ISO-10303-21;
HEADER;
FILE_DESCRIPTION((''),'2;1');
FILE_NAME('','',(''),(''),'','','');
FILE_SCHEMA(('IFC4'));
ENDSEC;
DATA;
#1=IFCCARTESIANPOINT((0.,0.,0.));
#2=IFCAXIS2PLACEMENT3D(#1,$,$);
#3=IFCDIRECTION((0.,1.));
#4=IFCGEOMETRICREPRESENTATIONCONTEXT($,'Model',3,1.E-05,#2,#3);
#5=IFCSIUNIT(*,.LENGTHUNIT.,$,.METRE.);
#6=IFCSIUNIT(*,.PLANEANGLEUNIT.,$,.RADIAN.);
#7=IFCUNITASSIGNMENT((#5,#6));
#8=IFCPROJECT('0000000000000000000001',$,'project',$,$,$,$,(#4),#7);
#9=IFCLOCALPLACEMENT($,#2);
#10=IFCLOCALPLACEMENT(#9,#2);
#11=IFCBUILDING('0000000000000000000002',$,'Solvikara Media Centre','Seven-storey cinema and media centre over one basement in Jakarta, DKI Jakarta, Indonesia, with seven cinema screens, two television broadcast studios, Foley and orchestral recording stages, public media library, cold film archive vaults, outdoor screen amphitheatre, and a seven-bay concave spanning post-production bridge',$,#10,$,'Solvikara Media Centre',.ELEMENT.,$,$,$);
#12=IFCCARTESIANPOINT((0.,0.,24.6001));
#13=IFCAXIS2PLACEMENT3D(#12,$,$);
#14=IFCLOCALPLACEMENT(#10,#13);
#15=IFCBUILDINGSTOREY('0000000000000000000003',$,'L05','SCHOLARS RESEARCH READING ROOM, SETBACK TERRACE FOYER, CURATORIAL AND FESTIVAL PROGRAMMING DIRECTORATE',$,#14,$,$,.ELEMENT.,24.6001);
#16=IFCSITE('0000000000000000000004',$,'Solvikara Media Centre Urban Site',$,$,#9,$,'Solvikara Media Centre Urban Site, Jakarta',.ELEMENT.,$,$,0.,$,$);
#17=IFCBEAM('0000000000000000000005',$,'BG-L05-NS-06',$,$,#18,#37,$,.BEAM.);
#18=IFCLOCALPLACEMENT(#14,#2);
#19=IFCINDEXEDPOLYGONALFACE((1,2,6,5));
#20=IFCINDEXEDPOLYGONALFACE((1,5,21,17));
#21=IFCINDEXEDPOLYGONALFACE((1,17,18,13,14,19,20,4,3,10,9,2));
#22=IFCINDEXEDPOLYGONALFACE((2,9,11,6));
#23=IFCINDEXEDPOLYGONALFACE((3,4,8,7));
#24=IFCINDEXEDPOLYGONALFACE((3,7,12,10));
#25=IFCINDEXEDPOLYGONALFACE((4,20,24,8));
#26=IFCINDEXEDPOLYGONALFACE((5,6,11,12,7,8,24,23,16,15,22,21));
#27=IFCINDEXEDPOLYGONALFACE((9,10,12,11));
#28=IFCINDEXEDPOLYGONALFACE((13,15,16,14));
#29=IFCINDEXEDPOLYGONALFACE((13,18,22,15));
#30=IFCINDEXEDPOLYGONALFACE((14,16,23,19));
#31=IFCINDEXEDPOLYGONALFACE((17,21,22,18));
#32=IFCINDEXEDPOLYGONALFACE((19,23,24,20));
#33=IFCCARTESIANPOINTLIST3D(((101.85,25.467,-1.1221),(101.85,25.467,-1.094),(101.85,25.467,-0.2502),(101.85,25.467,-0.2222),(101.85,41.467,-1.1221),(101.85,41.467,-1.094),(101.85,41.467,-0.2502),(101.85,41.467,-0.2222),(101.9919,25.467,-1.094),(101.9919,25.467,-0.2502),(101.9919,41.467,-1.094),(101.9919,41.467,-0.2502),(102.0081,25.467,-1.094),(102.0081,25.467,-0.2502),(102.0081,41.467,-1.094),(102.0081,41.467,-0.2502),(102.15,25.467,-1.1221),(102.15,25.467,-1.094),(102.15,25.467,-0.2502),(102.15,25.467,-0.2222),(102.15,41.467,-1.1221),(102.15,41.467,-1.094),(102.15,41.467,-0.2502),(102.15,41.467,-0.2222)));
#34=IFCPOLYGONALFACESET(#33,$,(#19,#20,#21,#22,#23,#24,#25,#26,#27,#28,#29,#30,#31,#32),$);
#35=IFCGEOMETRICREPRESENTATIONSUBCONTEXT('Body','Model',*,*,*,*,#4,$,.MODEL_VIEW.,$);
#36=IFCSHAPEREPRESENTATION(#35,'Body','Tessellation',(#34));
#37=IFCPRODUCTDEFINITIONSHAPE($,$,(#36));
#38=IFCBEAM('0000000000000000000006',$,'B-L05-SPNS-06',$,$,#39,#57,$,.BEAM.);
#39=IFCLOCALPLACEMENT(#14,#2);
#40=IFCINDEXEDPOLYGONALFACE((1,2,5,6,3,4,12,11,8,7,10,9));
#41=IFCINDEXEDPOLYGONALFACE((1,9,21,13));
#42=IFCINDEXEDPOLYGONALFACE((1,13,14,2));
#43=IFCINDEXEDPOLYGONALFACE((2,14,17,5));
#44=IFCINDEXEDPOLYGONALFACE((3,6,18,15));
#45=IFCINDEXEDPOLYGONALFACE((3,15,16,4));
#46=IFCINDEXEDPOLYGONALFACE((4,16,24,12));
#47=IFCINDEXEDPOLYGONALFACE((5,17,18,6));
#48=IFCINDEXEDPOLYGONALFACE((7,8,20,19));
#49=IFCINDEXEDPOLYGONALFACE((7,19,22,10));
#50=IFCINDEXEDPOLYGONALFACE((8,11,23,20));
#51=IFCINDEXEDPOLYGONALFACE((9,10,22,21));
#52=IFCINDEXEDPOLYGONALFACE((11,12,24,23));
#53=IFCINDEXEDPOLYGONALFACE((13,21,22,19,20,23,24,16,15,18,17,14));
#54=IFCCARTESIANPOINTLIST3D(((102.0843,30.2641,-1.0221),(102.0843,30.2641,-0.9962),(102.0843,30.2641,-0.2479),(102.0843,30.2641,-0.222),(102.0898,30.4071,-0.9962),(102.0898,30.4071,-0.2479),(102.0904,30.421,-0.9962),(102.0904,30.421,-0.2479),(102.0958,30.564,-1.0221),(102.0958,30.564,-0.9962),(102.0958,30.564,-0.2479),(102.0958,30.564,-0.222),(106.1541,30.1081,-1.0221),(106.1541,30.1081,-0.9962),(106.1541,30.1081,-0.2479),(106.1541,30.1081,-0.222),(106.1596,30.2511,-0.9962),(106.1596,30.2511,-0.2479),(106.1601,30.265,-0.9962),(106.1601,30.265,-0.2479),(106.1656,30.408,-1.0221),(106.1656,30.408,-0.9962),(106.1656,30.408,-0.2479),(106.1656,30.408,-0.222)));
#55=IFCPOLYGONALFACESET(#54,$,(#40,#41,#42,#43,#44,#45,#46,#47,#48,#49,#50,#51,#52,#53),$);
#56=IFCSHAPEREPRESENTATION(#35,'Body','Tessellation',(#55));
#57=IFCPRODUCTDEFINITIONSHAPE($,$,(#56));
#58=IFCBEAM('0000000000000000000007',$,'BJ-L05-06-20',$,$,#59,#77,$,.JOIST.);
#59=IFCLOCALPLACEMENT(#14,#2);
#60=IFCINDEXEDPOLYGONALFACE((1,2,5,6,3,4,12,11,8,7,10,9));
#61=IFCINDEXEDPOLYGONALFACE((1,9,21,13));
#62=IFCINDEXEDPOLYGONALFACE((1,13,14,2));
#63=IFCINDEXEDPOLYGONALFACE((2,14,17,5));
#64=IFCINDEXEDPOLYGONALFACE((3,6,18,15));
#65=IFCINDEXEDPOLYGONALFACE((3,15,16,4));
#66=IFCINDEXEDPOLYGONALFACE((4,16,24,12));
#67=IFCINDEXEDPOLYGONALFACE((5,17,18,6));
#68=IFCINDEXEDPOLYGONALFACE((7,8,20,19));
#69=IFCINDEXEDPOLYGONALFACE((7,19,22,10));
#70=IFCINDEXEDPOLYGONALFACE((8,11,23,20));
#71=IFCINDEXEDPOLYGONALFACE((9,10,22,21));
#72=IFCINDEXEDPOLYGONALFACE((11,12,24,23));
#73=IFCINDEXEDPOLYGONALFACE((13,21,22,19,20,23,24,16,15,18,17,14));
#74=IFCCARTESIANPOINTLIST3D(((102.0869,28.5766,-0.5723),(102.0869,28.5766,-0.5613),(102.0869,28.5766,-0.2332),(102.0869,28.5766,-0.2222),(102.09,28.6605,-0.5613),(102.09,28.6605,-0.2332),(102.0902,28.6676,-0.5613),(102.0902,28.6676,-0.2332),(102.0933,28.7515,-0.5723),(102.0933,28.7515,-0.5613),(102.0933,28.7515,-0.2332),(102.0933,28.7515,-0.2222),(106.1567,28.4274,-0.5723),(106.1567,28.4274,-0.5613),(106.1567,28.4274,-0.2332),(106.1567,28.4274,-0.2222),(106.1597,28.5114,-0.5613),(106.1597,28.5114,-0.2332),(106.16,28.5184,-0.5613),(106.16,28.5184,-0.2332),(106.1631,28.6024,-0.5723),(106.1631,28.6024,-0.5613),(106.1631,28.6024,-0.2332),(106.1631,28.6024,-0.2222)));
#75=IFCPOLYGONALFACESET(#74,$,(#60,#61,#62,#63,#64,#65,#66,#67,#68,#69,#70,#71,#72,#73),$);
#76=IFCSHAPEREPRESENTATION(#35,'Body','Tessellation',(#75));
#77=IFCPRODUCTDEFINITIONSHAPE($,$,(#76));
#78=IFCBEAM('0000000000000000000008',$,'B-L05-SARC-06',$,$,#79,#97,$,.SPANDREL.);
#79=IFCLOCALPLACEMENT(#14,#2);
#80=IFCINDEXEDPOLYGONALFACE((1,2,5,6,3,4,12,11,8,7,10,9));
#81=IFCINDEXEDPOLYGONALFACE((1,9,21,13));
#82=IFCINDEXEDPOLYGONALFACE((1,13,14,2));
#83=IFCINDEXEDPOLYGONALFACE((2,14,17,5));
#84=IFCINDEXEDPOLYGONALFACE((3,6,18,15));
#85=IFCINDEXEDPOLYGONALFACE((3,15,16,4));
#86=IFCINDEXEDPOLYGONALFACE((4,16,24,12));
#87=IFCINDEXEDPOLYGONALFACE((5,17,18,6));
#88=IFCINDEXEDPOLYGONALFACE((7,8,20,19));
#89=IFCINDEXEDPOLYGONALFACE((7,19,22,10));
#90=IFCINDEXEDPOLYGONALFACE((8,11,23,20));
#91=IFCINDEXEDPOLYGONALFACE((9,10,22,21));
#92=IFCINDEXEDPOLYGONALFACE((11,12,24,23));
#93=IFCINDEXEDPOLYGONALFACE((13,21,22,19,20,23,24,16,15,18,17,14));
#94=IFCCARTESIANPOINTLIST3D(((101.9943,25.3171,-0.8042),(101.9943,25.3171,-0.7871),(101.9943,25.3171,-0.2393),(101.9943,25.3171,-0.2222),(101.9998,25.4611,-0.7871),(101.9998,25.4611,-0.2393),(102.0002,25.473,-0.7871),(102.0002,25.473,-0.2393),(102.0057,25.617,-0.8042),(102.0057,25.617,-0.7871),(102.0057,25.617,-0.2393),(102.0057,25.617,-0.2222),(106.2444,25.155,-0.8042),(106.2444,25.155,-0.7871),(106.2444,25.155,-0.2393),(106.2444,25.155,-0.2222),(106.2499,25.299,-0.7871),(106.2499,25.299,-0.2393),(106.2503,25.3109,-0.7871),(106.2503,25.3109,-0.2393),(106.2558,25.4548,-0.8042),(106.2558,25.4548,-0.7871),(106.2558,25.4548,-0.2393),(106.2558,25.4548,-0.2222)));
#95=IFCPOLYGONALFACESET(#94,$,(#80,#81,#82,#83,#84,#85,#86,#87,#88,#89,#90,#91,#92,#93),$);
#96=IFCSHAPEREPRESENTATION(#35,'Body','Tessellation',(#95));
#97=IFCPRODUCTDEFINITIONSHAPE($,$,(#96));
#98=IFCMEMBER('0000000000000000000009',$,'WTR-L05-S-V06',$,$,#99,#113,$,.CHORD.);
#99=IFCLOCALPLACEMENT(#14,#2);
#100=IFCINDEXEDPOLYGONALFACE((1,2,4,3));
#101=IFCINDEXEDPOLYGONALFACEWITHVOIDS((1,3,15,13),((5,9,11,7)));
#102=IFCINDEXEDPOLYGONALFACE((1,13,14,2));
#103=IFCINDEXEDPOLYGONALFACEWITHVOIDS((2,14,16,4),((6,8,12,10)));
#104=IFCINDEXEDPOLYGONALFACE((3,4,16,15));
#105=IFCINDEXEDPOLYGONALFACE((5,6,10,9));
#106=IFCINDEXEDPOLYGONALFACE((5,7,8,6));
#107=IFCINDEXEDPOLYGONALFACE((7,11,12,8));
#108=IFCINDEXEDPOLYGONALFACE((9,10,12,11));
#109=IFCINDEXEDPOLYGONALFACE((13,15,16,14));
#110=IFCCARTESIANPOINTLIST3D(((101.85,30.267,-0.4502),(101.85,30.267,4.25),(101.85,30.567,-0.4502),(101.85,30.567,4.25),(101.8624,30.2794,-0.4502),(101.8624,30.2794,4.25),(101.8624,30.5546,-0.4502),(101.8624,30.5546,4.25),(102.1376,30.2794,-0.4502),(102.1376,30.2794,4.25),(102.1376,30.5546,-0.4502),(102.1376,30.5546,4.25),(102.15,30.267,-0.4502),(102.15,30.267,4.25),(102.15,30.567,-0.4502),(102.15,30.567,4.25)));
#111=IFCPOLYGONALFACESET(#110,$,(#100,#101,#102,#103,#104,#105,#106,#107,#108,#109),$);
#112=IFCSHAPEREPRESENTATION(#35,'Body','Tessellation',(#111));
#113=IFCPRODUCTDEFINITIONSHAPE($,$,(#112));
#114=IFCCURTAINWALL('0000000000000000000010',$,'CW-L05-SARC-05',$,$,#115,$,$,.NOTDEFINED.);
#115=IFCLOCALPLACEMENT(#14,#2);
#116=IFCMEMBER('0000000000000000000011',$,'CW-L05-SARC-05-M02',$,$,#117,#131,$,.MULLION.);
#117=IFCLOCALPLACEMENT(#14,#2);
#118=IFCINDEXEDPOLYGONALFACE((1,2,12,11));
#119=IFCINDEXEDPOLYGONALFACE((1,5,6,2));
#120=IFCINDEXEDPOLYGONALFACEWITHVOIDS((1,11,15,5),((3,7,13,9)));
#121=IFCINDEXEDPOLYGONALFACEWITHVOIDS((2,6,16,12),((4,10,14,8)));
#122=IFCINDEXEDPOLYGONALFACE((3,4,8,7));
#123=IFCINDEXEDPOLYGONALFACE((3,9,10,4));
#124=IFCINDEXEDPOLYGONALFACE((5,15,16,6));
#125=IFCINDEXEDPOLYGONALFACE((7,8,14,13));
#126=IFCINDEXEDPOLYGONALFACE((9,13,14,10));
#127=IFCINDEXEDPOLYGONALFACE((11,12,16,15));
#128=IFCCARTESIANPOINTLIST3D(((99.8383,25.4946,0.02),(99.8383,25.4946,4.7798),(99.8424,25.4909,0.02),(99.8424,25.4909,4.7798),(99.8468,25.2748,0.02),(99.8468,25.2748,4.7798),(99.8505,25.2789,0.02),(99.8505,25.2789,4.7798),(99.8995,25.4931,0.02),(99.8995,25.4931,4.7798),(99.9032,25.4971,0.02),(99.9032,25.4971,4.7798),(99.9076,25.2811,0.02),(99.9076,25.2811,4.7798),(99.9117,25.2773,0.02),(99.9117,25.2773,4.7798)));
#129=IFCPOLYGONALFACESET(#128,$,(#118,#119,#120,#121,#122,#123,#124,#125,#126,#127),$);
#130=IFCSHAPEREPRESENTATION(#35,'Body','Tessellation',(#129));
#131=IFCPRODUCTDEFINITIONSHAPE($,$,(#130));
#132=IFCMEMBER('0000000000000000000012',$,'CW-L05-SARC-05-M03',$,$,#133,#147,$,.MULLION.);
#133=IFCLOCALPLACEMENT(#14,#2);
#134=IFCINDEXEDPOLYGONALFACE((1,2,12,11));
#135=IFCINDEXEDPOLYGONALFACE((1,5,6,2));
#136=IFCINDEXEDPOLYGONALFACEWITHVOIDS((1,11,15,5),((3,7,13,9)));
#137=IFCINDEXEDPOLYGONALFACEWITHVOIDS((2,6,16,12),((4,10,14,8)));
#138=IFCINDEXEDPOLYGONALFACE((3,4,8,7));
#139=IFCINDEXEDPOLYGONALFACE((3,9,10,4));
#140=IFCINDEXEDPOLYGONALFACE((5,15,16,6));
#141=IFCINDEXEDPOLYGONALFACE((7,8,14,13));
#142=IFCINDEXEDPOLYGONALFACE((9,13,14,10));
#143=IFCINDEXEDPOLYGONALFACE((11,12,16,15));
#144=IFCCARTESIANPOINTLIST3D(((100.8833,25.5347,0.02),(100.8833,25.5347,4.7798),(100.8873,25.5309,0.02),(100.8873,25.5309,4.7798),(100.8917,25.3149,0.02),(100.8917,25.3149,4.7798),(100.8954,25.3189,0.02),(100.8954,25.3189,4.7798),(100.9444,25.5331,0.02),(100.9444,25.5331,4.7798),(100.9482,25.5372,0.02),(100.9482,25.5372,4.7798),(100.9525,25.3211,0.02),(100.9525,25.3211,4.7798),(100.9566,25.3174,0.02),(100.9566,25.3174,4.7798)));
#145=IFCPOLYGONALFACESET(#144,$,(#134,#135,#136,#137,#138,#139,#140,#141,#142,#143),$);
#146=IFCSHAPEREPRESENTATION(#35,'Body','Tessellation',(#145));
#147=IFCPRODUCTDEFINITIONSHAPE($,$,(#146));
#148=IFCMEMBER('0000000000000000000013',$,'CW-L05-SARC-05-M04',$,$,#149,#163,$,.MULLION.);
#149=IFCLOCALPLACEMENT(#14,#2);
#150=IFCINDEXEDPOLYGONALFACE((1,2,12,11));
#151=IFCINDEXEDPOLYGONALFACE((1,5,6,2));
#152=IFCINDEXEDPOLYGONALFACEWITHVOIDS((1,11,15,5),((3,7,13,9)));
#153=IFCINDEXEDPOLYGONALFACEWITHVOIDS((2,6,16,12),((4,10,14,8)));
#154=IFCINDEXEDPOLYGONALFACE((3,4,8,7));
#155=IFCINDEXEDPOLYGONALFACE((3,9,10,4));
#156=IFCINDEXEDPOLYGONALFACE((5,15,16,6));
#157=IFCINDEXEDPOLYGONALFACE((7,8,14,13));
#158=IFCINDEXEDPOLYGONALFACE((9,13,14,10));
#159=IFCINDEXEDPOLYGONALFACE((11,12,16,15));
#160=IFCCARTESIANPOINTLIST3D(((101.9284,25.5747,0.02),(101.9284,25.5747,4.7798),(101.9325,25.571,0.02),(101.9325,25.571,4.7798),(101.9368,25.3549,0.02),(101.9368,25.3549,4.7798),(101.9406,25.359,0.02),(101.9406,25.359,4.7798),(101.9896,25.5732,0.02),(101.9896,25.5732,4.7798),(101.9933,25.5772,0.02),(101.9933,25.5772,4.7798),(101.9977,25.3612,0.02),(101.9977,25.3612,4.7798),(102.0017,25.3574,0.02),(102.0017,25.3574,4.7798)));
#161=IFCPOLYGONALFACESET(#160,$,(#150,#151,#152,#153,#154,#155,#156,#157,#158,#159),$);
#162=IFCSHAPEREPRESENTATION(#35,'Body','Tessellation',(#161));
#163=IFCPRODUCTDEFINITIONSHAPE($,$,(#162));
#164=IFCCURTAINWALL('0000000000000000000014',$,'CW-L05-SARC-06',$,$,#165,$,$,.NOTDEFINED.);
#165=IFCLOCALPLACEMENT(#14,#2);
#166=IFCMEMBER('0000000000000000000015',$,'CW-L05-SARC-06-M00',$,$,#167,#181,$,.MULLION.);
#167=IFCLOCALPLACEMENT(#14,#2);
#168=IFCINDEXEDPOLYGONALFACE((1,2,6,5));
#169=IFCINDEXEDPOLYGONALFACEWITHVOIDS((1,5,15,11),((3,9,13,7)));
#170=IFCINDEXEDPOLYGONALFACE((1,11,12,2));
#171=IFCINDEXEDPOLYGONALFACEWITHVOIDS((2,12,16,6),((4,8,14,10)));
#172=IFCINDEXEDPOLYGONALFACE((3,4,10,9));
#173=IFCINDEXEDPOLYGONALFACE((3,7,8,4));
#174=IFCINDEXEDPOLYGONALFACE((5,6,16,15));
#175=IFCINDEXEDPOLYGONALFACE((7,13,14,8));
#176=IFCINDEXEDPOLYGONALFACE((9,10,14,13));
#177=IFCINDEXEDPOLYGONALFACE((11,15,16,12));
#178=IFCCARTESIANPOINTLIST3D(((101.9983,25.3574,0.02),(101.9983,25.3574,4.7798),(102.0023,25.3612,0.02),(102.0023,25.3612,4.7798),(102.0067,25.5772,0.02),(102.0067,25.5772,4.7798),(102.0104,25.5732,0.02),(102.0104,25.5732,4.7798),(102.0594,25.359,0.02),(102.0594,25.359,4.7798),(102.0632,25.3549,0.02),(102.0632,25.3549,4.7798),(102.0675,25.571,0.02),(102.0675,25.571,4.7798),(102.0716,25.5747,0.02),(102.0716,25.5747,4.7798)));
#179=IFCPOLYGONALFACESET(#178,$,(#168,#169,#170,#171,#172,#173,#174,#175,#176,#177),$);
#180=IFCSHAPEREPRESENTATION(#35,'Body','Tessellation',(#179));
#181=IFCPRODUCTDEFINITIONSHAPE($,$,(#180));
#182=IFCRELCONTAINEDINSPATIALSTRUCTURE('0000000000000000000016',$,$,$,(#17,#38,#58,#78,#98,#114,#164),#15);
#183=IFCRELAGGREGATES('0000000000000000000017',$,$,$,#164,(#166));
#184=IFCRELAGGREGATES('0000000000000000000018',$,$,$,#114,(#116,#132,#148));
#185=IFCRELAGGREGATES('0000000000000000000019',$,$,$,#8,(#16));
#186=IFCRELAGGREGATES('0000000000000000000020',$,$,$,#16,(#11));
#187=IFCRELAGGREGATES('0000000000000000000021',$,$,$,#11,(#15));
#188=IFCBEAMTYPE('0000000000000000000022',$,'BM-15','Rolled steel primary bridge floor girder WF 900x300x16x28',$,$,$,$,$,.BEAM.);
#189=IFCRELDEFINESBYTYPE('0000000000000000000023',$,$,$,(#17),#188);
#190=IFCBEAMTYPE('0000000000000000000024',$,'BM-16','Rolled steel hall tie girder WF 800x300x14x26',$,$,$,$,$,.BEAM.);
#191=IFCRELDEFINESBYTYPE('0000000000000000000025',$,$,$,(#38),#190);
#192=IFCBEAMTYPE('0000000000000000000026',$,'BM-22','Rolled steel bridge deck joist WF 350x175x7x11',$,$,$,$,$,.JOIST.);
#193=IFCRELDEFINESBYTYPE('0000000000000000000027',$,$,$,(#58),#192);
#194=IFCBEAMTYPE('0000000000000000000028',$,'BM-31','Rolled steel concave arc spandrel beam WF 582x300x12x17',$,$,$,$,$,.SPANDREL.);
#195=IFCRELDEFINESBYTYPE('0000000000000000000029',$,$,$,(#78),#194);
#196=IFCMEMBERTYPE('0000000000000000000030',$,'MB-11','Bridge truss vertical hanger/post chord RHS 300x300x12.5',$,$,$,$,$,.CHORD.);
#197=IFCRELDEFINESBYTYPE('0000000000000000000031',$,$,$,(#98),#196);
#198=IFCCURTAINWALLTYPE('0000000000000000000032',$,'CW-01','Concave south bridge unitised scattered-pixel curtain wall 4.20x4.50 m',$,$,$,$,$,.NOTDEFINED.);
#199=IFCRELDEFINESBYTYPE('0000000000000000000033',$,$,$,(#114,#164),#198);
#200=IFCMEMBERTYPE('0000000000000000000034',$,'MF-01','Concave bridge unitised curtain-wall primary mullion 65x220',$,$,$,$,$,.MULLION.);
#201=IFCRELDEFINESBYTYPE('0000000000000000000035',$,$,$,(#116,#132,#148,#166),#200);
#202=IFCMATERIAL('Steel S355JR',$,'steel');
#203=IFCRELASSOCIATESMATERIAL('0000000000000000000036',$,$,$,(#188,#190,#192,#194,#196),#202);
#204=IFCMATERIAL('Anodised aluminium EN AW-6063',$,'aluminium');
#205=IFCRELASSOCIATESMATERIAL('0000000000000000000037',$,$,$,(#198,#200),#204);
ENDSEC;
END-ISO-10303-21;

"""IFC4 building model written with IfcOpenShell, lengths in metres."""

from ifc_helpers import new_model, si_unit, direction, frame, origin, origin_2d, place, context, subcontext, project, spatial, hollow_rectangle, i_section, extrude, material, material_profile, profile_set, type_object, element, aggregate, save


model = new_model("IFC4")

# Units and contexts
model_context = context("Model", 3, precision=1e-05, world=origin(), true_north=direction((0.0, 1.0)))
body_context = subcontext(model_context, "Body", "Model", "MODEL_VIEW")
ifc_project = project(units=[si_unit("LENGTHUNIT", "METRE"), si_unit("PLANEANGLEUNIT", "RADIAN")], contexts=[model_context])

# Site, building, storey
site_placement = place(None, origin())
site = spatial("IfcSite", under=ifc_project, at=site_placement, Name="Solvikara Media Centre Urban Site", LongName="Solvikara Media Centre Urban Site, Jakarta", CompositionType="ELEMENT", RefElevation=0.0)
building_placement = place(site_placement, origin())
building = spatial("IfcBuilding", under=site, at=building_placement, Name="Solvikara Media Centre", Description="Seven-storey cinema and media centre over one basement in Jakarta, DKI Jakarta, Indonesia, with seven cinema screens, two television broadcast studios, Foley and orchestral recording stages, public media library, cold film archive vaults, outdoor screen amphitheatre, and a seven-bay concave spanning post-production bridge", LongName="Solvikara Media Centre", CompositionType="ELEMENT")
storey_placement = place(building_placement, frame((0.0, 0.0, 24.6001)))
storey = spatial("IfcBuildingStorey", under=building, at=storey_placement, Name="L05", Description="SCHOLARS RESEARCH READING ROOM, SETBACK TERRACE FOYER, CURATORIAL AND FESTIVAL PROGRAMMING DIRECTORATE", CompositionType="ELEMENT", Elevation=24.6001)

# Beams
ifc_material_1 = material(Name="Steel S355JR", Category="steel")
ifc_material_profile_1 = material_profile(ifc_material_1, i_section(OverallWidth=0.3, OverallDepth=0.8999, WebThickness=0.0161, FlangeThickness=0.0281, at=origin_2d()), Name="WF 900x300x16x28")
ifc_profile_set_1 = profile_set([ifc_material_profile_1], Name="Steel S355JR")
beam_type_1 = type_object("IfcBeamType", Name="BM-15", Description="Rolled steel primary bridge floor girder WF 900x300x16x28", PredefinedType="BEAM", material=ifc_profile_set_1)
beam_1_placement = place(storey_placement, frame((102.0, 25.467, -0.6721), z_axis=(0.0, 1.0, 0.0), x_axis=(-1.0, 0.0, 0.0)))
element("IfcBeam", 1, at=beam_1_placement, inside=storey, type_object=beam_type_1, Name="BG-L05-NS-06", PredefinedType="BEAM", context=body_context, shape_type="SweptSolid", body=[
    extrude(i_section(OverallWidth=0.3, OverallDepth=0.8999, WebThickness=0.0161, FlangeThickness=0.0281, at=origin_2d()), origin(), (0.0, 0.0, 1.0), 16.0),
])
ifc_material_profile_2 = material_profile(ifc_material_1, i_section(OverallWidth=0.3, OverallDepth=0.8, WebThickness=0.0139, FlangeThickness=0.0259, at=origin_2d()), Name="WF 800x300x14x26")
ifc_profile_set_2 = profile_set([ifc_material_profile_2], Name="Steel S355JR")
beam_type_2 = type_object("IfcBeamType", Name="BM-16", Description="Rolled steel hall tie girder WF 800x300x14x26", PredefinedType="BEAM", material=ifc_profile_set_2)
beam_2_placement = place(storey_placement, frame((102.0901, 30.4141, -0.6221), z_axis=(0.999266, -0.038304, 0.0), x_axis=(0.038304, 0.999266, 0.0)))
element("IfcBeam", 2, at=beam_2_placement, inside=storey, type_object=beam_type_2, Name="B-L05-SPNS-06", PredefinedType="BEAM", context=body_context, shape_type="SweptSolid", body=[
    extrude(i_section(OverallWidth=0.3, OverallDepth=0.8, WebThickness=0.0139, FlangeThickness=0.0259, at=origin_2d()), origin(), (0.0, 0.0, 1.0), 4.0728),
])
ifc_material_profile_3 = material_profile(ifc_material_1, i_section(OverallWidth=0.175, OverallDepth=0.3501, WebThickness=0.0071, FlangeThickness=0.011, at=origin_2d()), Name="WF 350x175x7x11")
ifc_profile_set_3 = profile_set([ifc_material_profile_3], Name="Steel S355JR")
beam_type_3 = type_object("IfcBeamType", Name="BM-22", Description="Rolled steel bridge deck joist WF 350x175x7x11", PredefinedType="JOIST", material=ifc_profile_set_3)
beam_3_placement = place(storey_placement, frame((102.0901, 28.6641, -0.3972), z_axis=(0.999329, -0.036628, 0.0), x_axis=(0.036628, 0.999329, 0.0)))
element("IfcBeam", 3, at=beam_3_placement, inside=storey, type_object=beam_type_3, Name="BJ-L05-06-20", PredefinedType="JOIST", context=body_context, shape_type="SweptSolid", body=[
    extrude(i_section(OverallWidth=0.175, OverallDepth=0.3501, WebThickness=0.0071, FlangeThickness=0.011, at=origin_2d()), origin(), (0.0, 0.0, 1.0), 4.0725),
])
ifc_material_profile_4 = material_profile(ifc_material_1, i_section(OverallWidth=0.3, OverallDepth=0.582, WebThickness=0.012, FlangeThickness=0.0171, at=origin_2d()), Name="WF 582x300x12x17")
ifc_profile_set_4 = profile_set([ifc_material_profile_4], Name="Steel S355JR")
beam_type_4 = type_object("IfcBeamType", Name="BM-31", Description="Rolled steel concave arc spandrel beam WF 582x300x12x17", PredefinedType="SPANDREL", material=ifc_profile_set_4)
beam_4_placement = place(storey_placement, frame((102.0, 25.467, -0.5132), z_axis=(0.999273, -0.038116, 0.0), x_axis=(0.038116, 0.999273, 0.0)))
element("IfcBeam", 4, at=beam_4_placement, inside=storey, type_object=beam_type_4, Name="B-L05-SARC-06", PredefinedType="SPANDREL", context=body_context, shape_type="SweptSolid", body=[
    extrude(i_section(OverallWidth=0.3, OverallDepth=0.582, WebThickness=0.012, FlangeThickness=0.0171, at=origin_2d()), origin(), (0.0, 0.0, 1.0), 4.2532),
])

# Member
ifc_material_profile_5 = material_profile(ifc_material_1, hollow_rectangle(XDim=0.3, YDim=0.3, WallThickness=0.0125, at=origin_2d()), Name="RHS 300x300x12.5")
ifc_profile_set_5 = profile_set([ifc_material_profile_5], Name="Steel S355JR")
member_type_1 = type_object("IfcMemberType", Name="MB-11", Description="Bridge truss vertical hanger/post chord RHS 300x300x12.5", PredefinedType="CHORD", material=ifc_profile_set_5)
member_1_placement = place(storey_placement, frame((102.0, 30.417, -0.4502), z_axis=(0.0, 0.0, 1.0), x_axis=(1.0, 0.0, 0.0)))
element("IfcMember", 5, at=member_1_placement, inside=storey, type_object=member_type_1, Name="WTR-L05-S-V06", PredefinedType="CHORD", context=body_context, shape_type="SweptSolid", body=[
    extrude(hollow_rectangle(XDim=0.3, YDim=0.3, WallThickness=0.0125, at=origin_2d()), origin(), (0.0, 0.0, 1.0), 4.7002),
])

# Curtain walls, members
ifc_material_2 = material(Name="Anodised aluminium EN AW-6063", Category="aluminium")
curtain_wall_type = type_object("IfcCurtainWallType", Name="CW-01", Description="Concave south bridge unitised scattered-pixel curtain wall 4.20x4.50 m", PredefinedType="NOTDEFINED", material=ifc_material_2)
curtain_wall_1_placement = place(storey_placement, origin())
curtain_wall_1 = element("IfcCurtainWall", 6, at=curtain_wall_1_placement, inside=storey, type_object=curtain_wall_type, Name="CW-L05-SARC-05", PredefinedType="NOTDEFINED")
ifc_material_profile_6 = material_profile(ifc_material_2, hollow_rectangle(XDim=0.0649, YDim=0.22, WallThickness=0.0039, at=origin_2d()), Name="ALU-M 65x220x4")
ifc_profile_set_6 = profile_set([ifc_material_profile_6], Name="Anodised aluminium EN AW-6063")
member_type_2 = type_object("IfcMemberType", Name="MF-01", Description="Concave bridge unitised curtain-wall primary mullion 65x220", PredefinedType="MULLION", material=ifc_profile_set_6)
member_2_placement = place(storey_placement, frame((99.875, 25.386, 0.02), z_axis=(0.0, 0.0, 1.0), x_axis=(0.999268, 0.038248, 0.0)))
member_2 = element("IfcMember", 7, at=member_2_placement, type_object=member_type_2, Name="CW-L05-SARC-05-M02", PredefinedType="MULLION", context=body_context, shape_type="SweptSolid", body=[
    extrude(hollow_rectangle(XDim=0.0649, YDim=0.22, WallThickness=0.0039, at=origin_2d()), origin(), (0.0, 0.0, 1.0), 4.7598),
])
member_3_placement = place(storey_placement, frame((100.9199, 25.426, 0.02), z_axis=(0.0, 0.0, 1.0), x_axis=(0.999268, 0.038248, 0.0)))
member_3 = element("IfcMember", 8, at=member_3_placement, type_object=member_type_2, Name="CW-L05-SARC-05-M03", PredefinedType="MULLION", context=body_context, shape_type="SweptSolid", body=[
    extrude(hollow_rectangle(XDim=0.0649, YDim=0.22, WallThickness=0.0039, at=origin_2d()), origin(), (0.0, 0.0, 1.0), 4.7598),
])
member_4_placement = place(storey_placement, frame((101.9651, 25.4661, 0.02), z_axis=(0.0, 0.0, 1.0), x_axis=(0.999268, 0.038248, 0.0)))
member_4 = element("IfcMember", 9, at=member_4_placement, type_object=member_type_2, Name="CW-L05-SARC-05-M04", PredefinedType="MULLION", context=body_context, shape_type="SweptSolid", body=[
    extrude(hollow_rectangle(XDim=0.0649, YDim=0.22, WallThickness=0.0039, at=origin_2d()), origin(), (0.0, 0.0, 1.0), 4.7598),
])
curtain_wall_2_placement = place(storey_placement, origin())
curtain_wall_2 = element("IfcCurtainWall", 10, at=curtain_wall_2_placement, inside=storey, type_object=curtain_wall_type, Name="CW-L05-SARC-06", PredefinedType="NOTDEFINED")
member_5_placement = place(storey_placement, frame((102.0349, 25.4661, 0.02), z_axis=(0.0, 0.0, 1.0), x_axis=(0.999268, -0.038248, 0.0)))
member_5 = element("IfcMember", 11, at=member_5_placement, type_object=member_type_2, Name="CW-L05-SARC-06-M00", PredefinedType="MULLION", context=body_context, shape_type="SweptSolid", body=[
    extrude(hollow_rectangle(XDim=0.0649, YDim=0.22, WallThickness=0.0039, at=origin_2d()), origin(), (0.0, 0.0, 1.0), 4.7598),
])

aggregate(curtain_wall_2, [member_5])
aggregate(curtain_wall_1, [member_2, member_3, member_4])

save(model, "model.ifc")
